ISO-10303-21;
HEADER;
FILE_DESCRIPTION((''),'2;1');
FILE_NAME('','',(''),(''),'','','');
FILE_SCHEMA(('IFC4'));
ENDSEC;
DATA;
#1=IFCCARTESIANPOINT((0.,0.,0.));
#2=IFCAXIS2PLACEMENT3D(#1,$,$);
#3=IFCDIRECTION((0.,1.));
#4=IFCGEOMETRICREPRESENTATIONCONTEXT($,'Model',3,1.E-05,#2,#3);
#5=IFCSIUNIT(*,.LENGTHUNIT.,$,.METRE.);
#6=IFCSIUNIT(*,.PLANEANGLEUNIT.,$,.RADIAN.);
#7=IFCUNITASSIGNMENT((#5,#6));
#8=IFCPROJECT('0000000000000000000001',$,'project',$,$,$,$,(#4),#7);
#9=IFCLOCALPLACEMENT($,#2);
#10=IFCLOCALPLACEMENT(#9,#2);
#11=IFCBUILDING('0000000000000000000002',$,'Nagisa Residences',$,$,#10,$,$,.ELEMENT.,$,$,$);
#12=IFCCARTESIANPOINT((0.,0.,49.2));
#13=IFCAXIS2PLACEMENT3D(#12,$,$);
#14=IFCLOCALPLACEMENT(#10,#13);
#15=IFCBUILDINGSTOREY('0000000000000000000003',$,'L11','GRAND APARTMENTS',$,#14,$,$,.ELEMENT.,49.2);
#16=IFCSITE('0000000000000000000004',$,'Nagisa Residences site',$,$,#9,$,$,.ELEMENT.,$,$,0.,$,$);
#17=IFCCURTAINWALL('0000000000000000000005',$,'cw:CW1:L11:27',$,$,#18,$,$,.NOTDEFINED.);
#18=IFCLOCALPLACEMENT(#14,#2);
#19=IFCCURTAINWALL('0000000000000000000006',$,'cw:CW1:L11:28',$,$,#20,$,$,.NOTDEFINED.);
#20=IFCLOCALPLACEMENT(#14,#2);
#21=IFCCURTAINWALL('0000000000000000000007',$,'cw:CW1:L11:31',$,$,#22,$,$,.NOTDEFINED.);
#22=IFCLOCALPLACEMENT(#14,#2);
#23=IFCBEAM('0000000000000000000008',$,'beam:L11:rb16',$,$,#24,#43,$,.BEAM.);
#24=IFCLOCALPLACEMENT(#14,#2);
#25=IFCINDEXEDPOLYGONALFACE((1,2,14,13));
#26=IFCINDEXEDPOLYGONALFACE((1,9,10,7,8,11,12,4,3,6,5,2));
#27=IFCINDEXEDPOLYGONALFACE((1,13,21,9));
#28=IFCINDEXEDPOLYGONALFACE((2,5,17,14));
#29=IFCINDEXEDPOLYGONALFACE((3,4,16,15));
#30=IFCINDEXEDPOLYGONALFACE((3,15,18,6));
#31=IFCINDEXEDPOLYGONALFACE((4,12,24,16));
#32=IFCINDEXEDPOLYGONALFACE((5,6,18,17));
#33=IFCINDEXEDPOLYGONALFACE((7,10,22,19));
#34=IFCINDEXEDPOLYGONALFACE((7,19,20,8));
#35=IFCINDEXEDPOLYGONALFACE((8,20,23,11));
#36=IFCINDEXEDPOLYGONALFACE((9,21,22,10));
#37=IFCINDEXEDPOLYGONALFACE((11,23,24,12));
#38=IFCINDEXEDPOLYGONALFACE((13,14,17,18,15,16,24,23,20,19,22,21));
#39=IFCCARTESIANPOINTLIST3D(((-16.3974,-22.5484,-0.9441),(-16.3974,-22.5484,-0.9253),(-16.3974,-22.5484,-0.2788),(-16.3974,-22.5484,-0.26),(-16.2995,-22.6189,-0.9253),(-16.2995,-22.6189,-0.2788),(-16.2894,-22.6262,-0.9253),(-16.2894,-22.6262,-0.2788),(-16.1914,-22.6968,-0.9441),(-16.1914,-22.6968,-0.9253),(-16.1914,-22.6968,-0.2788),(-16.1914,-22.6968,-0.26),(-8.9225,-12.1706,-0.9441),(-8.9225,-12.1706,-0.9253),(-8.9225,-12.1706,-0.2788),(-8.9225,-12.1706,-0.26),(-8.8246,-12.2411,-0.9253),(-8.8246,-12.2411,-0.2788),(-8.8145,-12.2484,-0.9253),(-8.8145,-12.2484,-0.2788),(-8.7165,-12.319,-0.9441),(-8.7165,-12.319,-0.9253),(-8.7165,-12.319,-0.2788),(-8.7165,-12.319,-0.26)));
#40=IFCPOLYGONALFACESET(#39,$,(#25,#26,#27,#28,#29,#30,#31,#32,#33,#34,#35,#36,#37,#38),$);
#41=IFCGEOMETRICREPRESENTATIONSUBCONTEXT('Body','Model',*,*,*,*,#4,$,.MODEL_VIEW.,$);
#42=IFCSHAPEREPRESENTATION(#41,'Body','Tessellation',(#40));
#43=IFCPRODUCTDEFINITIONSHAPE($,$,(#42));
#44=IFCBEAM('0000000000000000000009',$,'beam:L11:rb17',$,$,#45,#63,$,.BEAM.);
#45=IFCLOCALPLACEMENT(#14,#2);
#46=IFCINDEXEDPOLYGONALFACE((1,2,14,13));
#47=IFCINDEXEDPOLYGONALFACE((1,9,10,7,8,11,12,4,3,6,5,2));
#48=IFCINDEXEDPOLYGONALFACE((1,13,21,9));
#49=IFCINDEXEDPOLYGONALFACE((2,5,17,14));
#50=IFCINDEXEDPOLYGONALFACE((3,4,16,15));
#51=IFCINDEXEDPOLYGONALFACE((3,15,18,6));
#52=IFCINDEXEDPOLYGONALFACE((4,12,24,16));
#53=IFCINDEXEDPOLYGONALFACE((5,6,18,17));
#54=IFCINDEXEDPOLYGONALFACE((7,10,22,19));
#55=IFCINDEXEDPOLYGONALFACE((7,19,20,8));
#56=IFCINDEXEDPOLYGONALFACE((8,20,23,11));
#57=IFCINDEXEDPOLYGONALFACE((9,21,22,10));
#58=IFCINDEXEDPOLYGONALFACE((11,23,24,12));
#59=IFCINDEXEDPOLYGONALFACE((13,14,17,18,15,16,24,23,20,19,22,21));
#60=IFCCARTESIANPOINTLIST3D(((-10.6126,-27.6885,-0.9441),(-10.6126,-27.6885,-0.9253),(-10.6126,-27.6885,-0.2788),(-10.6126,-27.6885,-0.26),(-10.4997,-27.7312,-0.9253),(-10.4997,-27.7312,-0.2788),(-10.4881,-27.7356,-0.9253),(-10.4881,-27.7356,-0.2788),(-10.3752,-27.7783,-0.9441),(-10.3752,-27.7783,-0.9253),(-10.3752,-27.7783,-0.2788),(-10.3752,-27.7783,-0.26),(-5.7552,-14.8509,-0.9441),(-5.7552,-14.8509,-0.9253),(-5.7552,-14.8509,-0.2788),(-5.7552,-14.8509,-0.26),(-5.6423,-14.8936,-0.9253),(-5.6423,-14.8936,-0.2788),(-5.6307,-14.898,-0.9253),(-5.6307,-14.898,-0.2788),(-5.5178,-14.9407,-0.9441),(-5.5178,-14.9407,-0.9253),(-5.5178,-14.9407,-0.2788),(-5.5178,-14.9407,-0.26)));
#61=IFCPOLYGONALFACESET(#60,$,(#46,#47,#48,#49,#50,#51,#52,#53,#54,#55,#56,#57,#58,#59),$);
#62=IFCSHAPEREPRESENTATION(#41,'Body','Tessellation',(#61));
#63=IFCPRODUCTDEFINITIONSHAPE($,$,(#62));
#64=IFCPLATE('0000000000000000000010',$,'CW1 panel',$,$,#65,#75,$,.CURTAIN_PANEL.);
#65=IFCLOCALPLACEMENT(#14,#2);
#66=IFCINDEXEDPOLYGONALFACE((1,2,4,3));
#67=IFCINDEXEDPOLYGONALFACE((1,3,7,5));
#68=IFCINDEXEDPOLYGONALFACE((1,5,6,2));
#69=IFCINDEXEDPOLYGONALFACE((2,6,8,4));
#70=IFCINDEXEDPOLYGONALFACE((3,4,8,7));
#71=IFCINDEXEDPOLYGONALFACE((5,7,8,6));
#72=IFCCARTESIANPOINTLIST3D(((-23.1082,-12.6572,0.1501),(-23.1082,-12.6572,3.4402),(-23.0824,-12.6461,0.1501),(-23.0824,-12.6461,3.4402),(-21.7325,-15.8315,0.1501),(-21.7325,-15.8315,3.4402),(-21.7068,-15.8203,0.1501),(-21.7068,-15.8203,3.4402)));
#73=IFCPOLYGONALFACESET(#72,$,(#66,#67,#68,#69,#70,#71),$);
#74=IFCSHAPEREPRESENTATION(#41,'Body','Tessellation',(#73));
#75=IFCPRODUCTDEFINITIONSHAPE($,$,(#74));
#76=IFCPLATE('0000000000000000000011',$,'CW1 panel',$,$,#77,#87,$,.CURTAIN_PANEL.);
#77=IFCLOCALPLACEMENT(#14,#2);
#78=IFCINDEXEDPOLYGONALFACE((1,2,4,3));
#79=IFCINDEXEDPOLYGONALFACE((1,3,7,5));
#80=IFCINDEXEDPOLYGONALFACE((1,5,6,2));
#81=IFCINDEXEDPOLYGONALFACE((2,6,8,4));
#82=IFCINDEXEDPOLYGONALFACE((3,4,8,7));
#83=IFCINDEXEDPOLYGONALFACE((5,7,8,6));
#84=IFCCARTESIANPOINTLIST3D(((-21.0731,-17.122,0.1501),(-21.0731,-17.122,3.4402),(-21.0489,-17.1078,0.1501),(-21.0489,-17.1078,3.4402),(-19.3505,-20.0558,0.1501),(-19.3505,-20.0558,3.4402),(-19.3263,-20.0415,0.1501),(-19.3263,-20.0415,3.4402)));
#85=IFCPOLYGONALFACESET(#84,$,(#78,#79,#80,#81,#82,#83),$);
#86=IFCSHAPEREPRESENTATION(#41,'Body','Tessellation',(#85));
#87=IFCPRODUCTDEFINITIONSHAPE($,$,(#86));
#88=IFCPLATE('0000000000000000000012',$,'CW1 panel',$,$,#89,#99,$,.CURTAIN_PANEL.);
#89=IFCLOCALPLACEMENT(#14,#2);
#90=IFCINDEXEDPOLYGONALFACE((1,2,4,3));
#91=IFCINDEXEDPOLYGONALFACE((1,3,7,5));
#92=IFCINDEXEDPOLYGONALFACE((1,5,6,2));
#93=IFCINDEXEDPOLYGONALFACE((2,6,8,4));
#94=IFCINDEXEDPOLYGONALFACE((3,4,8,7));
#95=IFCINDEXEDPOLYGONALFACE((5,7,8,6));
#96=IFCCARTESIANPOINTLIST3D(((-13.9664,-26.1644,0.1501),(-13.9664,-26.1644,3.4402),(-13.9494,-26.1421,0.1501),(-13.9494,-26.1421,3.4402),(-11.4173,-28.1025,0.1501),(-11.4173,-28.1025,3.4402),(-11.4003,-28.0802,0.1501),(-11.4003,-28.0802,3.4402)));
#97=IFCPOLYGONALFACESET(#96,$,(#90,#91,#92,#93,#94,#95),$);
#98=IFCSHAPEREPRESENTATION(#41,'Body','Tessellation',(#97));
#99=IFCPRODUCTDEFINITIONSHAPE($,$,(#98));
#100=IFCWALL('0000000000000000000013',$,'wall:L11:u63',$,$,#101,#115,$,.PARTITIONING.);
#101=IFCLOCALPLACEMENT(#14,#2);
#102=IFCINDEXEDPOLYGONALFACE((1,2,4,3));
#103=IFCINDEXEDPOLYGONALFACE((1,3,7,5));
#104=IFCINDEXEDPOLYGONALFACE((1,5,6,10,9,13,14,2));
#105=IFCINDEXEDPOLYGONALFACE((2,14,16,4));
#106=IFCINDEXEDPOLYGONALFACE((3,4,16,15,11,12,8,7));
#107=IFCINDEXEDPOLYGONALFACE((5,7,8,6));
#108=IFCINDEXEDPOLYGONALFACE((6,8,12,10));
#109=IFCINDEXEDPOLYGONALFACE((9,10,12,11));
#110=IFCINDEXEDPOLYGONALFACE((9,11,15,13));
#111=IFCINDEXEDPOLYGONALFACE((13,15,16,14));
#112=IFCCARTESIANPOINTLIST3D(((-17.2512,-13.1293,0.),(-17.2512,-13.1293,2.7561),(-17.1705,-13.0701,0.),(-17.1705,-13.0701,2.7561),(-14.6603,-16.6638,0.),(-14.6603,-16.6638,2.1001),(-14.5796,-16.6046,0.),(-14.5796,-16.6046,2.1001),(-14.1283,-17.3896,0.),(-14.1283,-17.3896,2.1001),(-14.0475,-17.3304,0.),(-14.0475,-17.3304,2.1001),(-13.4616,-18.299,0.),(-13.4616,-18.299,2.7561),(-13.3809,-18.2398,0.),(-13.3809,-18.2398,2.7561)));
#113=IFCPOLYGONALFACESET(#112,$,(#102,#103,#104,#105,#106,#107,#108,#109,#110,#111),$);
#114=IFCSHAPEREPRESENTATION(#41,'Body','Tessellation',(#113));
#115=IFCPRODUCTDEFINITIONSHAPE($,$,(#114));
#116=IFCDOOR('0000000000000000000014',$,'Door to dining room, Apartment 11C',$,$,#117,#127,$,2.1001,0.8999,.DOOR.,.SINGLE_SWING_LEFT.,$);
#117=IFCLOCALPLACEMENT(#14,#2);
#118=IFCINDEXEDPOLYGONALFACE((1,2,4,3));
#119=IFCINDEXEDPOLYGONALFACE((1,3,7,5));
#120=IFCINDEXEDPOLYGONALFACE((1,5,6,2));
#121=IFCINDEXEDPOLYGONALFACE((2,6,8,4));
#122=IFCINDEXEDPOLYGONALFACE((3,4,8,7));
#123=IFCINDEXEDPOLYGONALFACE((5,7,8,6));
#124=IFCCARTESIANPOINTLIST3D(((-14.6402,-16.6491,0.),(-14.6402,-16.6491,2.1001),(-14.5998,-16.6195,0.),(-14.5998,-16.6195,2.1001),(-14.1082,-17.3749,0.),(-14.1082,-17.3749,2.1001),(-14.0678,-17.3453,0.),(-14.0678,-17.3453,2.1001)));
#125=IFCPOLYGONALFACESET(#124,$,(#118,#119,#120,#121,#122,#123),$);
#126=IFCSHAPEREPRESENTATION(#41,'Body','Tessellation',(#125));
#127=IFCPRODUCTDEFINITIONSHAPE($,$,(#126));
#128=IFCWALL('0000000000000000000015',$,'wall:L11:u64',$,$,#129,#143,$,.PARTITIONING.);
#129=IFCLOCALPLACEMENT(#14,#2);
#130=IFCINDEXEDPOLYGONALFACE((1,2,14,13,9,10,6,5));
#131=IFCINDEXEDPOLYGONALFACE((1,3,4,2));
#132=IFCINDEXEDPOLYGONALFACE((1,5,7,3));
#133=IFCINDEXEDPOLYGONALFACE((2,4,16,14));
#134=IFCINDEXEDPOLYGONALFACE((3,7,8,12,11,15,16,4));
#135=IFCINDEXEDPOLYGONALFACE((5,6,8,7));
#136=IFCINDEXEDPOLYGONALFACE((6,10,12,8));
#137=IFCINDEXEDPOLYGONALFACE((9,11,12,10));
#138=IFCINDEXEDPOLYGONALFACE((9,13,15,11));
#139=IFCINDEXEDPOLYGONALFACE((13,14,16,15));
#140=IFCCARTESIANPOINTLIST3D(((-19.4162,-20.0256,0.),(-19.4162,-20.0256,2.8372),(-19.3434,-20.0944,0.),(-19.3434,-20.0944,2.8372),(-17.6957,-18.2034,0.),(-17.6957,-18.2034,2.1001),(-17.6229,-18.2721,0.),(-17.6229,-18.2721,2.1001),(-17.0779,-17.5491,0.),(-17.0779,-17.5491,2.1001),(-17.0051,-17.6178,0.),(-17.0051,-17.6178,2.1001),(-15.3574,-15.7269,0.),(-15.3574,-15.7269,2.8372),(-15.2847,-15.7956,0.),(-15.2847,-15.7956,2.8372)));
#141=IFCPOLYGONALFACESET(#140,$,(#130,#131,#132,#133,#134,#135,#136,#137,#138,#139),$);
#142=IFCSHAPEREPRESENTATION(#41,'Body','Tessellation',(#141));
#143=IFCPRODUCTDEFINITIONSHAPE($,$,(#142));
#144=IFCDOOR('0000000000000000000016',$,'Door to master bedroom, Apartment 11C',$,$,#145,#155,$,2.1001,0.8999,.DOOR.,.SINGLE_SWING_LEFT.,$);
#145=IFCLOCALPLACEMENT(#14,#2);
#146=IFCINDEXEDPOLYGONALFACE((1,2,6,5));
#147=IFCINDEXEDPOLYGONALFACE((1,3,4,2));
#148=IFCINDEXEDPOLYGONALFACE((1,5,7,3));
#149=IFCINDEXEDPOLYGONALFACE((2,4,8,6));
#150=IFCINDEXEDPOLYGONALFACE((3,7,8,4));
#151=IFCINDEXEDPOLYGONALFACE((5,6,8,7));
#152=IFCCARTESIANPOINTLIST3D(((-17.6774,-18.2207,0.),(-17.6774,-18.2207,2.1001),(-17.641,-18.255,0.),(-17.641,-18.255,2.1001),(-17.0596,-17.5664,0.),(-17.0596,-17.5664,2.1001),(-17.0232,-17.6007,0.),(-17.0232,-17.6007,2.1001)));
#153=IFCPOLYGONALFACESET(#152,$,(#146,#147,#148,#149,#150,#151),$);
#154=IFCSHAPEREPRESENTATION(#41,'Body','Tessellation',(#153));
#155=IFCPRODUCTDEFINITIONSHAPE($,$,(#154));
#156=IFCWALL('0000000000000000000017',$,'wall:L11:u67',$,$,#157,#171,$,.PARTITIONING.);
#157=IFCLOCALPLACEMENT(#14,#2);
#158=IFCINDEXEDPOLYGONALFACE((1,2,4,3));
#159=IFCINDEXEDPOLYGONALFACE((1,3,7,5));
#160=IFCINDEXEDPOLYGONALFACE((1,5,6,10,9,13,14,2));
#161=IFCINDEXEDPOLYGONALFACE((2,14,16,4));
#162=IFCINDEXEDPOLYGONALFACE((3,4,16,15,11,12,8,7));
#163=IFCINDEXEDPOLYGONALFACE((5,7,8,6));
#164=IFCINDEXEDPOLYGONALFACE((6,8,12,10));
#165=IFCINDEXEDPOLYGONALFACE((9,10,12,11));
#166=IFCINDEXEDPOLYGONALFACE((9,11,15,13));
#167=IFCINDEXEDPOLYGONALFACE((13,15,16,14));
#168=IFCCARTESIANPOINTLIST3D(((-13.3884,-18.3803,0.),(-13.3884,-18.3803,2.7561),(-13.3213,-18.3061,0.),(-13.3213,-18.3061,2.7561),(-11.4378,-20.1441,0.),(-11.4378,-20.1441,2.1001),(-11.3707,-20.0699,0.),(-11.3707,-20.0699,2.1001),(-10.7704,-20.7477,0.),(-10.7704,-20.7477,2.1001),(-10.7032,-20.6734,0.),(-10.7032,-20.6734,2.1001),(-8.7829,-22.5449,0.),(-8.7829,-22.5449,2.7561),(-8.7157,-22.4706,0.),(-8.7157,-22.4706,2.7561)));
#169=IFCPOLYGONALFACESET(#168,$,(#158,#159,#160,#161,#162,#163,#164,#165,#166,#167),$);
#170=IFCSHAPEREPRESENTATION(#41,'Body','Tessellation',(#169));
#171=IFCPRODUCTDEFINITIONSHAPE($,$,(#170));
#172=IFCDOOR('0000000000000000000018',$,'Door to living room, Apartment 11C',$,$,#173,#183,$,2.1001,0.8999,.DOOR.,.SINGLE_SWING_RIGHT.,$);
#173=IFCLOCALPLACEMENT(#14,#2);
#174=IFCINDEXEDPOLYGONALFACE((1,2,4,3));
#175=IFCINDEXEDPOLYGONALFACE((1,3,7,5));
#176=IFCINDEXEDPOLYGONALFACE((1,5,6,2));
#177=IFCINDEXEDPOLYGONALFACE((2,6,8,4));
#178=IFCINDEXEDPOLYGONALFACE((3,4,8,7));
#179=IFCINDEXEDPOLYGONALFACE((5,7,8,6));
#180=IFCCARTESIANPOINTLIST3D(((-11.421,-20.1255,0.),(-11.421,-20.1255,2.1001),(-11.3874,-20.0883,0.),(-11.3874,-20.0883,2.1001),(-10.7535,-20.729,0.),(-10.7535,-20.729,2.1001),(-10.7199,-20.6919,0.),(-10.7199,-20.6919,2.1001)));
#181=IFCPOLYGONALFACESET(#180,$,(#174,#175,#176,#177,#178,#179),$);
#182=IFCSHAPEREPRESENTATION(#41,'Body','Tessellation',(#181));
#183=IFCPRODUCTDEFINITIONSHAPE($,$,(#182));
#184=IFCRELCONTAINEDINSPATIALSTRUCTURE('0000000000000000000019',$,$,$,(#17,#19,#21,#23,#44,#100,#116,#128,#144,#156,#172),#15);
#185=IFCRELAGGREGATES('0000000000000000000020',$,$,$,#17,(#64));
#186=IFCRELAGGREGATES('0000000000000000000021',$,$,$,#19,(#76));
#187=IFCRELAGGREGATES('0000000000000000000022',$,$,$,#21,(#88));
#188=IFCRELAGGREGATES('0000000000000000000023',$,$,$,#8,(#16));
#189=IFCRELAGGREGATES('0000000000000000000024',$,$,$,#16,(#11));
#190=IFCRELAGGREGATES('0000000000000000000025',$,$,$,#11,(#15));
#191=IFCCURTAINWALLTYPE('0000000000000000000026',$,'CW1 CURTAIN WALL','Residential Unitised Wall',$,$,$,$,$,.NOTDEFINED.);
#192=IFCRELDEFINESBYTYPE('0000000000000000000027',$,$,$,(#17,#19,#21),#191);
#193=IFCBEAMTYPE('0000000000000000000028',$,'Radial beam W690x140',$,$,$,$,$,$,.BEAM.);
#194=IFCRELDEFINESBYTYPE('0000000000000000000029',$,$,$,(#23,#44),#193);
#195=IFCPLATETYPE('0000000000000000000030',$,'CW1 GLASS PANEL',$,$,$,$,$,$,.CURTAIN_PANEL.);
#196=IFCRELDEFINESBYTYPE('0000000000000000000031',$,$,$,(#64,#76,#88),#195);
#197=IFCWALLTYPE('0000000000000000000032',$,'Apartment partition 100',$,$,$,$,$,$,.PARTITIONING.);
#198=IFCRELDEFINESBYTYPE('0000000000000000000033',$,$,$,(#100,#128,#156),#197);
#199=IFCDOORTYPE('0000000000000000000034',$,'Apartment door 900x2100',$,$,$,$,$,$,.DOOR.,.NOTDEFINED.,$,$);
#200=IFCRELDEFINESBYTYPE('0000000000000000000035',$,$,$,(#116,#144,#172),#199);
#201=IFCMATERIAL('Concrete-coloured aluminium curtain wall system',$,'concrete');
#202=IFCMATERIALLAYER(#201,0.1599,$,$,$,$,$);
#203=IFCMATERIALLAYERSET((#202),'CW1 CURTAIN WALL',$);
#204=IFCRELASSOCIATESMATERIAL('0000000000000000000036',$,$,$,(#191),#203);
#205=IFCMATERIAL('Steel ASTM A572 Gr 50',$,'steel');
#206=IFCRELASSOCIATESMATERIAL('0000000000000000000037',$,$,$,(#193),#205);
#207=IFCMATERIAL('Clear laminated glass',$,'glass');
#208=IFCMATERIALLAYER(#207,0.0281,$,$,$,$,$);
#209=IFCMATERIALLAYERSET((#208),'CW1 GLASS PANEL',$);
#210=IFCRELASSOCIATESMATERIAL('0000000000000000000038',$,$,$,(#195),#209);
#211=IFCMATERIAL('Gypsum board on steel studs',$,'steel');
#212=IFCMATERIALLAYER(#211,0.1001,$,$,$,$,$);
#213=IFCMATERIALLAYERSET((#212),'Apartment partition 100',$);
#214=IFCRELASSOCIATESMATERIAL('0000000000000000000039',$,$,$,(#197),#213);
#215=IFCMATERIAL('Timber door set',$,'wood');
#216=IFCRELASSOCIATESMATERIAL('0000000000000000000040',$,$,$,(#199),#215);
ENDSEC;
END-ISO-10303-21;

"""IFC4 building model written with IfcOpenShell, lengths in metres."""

from ifc_helpers import new_model, si_unit, direction, frame, frame_2d, origin, origin_2d, place, context, subcontext, project, spatial, rectangle, i_section, extrude, material, layer, layer_set, material_profile, profile_set, type_object, element, fill, aggregate, save


model = new_model("IFC4")

# Units and contexts
model_context = context("Model", 3, precision=1e-05, world=origin(), true_north=direction((0.0, 1.0)))
body_context = subcontext(model_context, "Body", "Model", "MODEL_VIEW")
ifc_project = project(units=[si_unit("LENGTHUNIT", "METRE"), si_unit("PLANEANGLEUNIT", "RADIAN")], contexts=[model_context])

# Site, building, storey
site_placement = place(None, origin())
site = spatial("IfcSite", under=ifc_project, at=site_placement, Name="Nagisa Residences site", CompositionType="ELEMENT", RefElevation=0.0)
building_placement = place(site_placement, origin())
building = spatial("IfcBuilding", under=site, at=building_placement, Name="Nagisa Residences", CompositionType="ELEMENT")
storey_placement = place(building_placement, frame((0.0, 0.0, 49.2)))
storey = spatial("IfcBuildingStorey", under=building, at=storey_placement, Name="L11", Description="GRAND APARTMENTS", CompositionType="ELEMENT", Elevation=49.2)

# Curtain walls
ifc_material_1 = material(Name="Concrete-coloured aluminium curtain wall system", Category="concrete")
ifc_layer_1 = layer(ifc_material_1, 0.1599)
ifc_layer_set_1 = layer_set([ifc_layer_1], Name="CW1 CURTAIN WALL")
curtain_wall_type = type_object("IfcCurtainWallType", Name="CW1 CURTAIN WALL", Description="Residential Unitised Wall", PredefinedType="NOTDEFINED", material=ifc_layer_set_1)
curtain_wall_1_placement = place(storey_placement, origin())
curtain_wall_1 = element("IfcCurtainWall", 1, at=curtain_wall_1_placement, inside=storey, type_object=curtain_wall_type, Name="cw:CW1:L11:27", PredefinedType="NOTDEFINED")
curtain_wall_2_placement = place(storey_placement, origin())
curtain_wall_2 = element("IfcCurtainWall", 2, at=curtain_wall_2_placement, inside=storey, type_object=curtain_wall_type, Name="cw:CW1:L11:28", PredefinedType="NOTDEFINED")
curtain_wall_3_placement = place(storey_placement, origin())
curtain_wall_3 = element("IfcCurtainWall", 3, at=curtain_wall_3_placement, inside=storey, type_object=curtain_wall_type, Name="cw:CW1:L11:31", PredefinedType="NOTDEFINED")

# Beams
ifc_material_2 = material(Name="Steel ASTM A572 Gr 50", Category="steel")
ifc_material_profile_1 = material_profile(ifc_material_2, i_section(OverallWidth=0.2539, OverallDepth=0.6841, WebThickness=0.0125, FlangeThickness=0.0188, at=origin_2d()), Name="W690x140")
ifc_profile_set_1 = profile_set([ifc_material_profile_1], Name="Steel ASTM A572 Gr 50")
beam_type_1 = type_object("IfcBeamType", Name="Radial beam W690x140", PredefinedType="BEAM", material=ifc_profile_set_1)
beam_1_placement = place(storey_placement, frame((-16.2944, -22.6226, -0.6021), z_axis=(0.584455, 0.811426, 0.0), x_axis=(-0.811426, 0.584455, 0.0)))
element("IfcBeam", 4, at=beam_1_placement, inside=storey, type_object=beam_type_1, Name="beam:L11:rb16", PredefinedType="BEAM", context=body_context, shape_type="SweptSolid", body=[
    extrude(i_section(OverallWidth=0.2539, OverallDepth=0.6841, WebThickness=0.0125, FlangeThickness=0.0188, at=origin_2d()), origin(), (0.0, 0.0, 1.0), 12.7896),
])
beam_2_placement = place(storey_placement, frame((-10.4939, -27.7334, -0.6021), z_axis=(0.353888, 0.935288, 0.0), x_axis=(-0.935288, 0.353888, 0.0)))
element("IfcBeam", 5, at=beam_2_placement, inside=storey, type_object=beam_type_1, Name="beam:L11:rb17", PredefinedType="BEAM", context=body_context, shape_type="SweptSolid", body=[
    extrude(i_section(OverallWidth=0.2539, OverallDepth=0.6841, WebThickness=0.0125, FlangeThickness=0.0188, at=origin_2d()), origin(), (0.0, 0.0, 1.0), 13.7258),
])

# Plates
ifc_material_3 = material(Name="Clear laminated glass", Category="glass")
ifc_layer_2 = layer(ifc_material_3, 0.0281)
ifc_layer_set_2 = layer_set([ifc_layer_2], Name="CW1 GLASS PANEL")
plate_type = type_object("IfcPlateType", Name="CW1 GLASS PANEL", PredefinedType="CURTAIN_PANEL", material=ifc_layer_set_2)
plate_1_placement = place(storey_placement, frame((-22.4075, -14.2388, 0.1501), z_axis=(0.0, 0.0, 1.0), x_axis=(0.397636, -0.917543, 0.0)))
plate_1 = element("IfcPlate", 6, at=plate_1_placement, type_object=plate_type, Name="CW1 panel", PredefinedType="CURTAIN_PANEL", context=body_context, shape_type="SweptSolid", body=[
    extrude(rectangle(XDim=3.4595, YDim=0.0281, at=origin_2d()), origin(), (0.0, 0.0, 1.0), 3.29),
])
aggregate(curtain_wall_1, [plate_1])
plate_2_placement = place(storey_placement, frame((-20.1997, -18.5818, 0.1501), z_axis=(0.0, 0.0, 1.0), x_axis=(0.506349, -0.862329, 0.0)))
plate_2 = element("IfcPlate", 7, at=plate_2_placement, type_object=plate_type, Name="CW1 panel", PredefinedType="CURTAIN_PANEL", context=body_context, shape_type="SweptSolid", body=[
    extrude(rectangle(XDim=3.4021, YDim=0.0281, at=origin_2d()), origin(), (0.0, 0.0, 1.0), 3.29),
])
aggregate(curtain_wall_2, [plate_2])
plate_3_placement = place(storey_placement, frame((-12.6833, -27.1223, 0.1501), z_axis=(0.0, 0.0, 1.0), x_axis=(0.796031, -0.605255, 0.0)))
plate_3 = element("IfcPlate", 8, at=plate_3_placement, type_object=plate_type, Name="CW1 panel", PredefinedType="CURTAIN_PANEL", context=body_context, shape_type="SweptSolid", body=[
    extrude(rectangle(XDim=3.2021, YDim=0.0281, at=origin_2d()), origin(), (0.0, 0.0, 1.0), 3.29),
])
aggregate(curtain_wall_3, [plate_3])

# Walls, openings, doors
ifc_material_4 = material(Name="Gypsum board on steel studs", Category="steel")
ifc_layer_3 = layer(ifc_material_4, 0.1001)
ifc_layer_set_3 = layer_set([ifc_layer_3], Name="Apartment partition 100")
wall_type_1 = type_object("IfcWallType", Name="Apartment partition 100", PredefinedType="PARTITIONING", material=ifc_layer_set_3)
wall_1_placement = place(storey_placement, frame((-17.2109, -13.0996, 0.0), z_axis=(0.0, 0.0, 1.0), x_axis=(0.591207, -0.80652, 0.0)))
wall_1 = element("IfcWall", 9, at=wall_1_placement, inside=storey, type_object=wall_type_1, Name="wall:L11:u63", PredefinedType="PARTITIONING", context=body_context, shape_type="SweptSolid", body=[
    extrude(rectangle(XDim=6.4099, YDim=0.1001, at=frame_2d((3.2051, 0.0))), origin(), (0.0, 0.0, 1.0), 2.7561),
])
opening_1_placement = place(wall_1_placement, frame((4.3826, 0.0, 0.0)))
opening_1 = element("IfcOpeningElement", 10, at=opening_1_placement, cuts=wall_1, PredefinedType="OPENING", context=body_context, shape_type="SweptSolid", body=[
    extrude(rectangle(XDim=0.8999, YDim=2.1001, at=frame_2d((0.45, 1.05))), frame((0.0, 0.0601, 0.0), z_axis=(0.0, -1.0, 0.0), x_axis=(1.0, 0.0, 0.0)), (0.0, 0.0, 1.0), 0.1201),
])
ifc_material_5 = material(Name="Timber door set", Category="wood")
door_type_1 = type_object("IfcDoorType", Name="Apartment door 900x2100", OperationType="NOTDEFINED", PredefinedType="DOOR", material=ifc_material_5)
door_1_placement = place(opening_1_placement, origin())
door_1 = element("IfcDoor", 11, at=door_1_placement, inside=storey, type_object=door_type_1, Name="Door to dining room, Apartment 11C", OperationType="SINGLE_SWING_LEFT", OverallHeight=2.1001, OverallWidth=0.8999, PredefinedType="DOOR", context=body_context, shape_type="SweptSolid", body=[
    extrude(rectangle(XDim=0.8999, YDim=2.1001, at=frame_2d((0.45, 1.05))), frame((0.0, 0.0249, 0.0), z_axis=(0.0, -1.0, 0.0), x_axis=(1.0, 0.0, 0.0)), (0.0, 0.0, 1.0), 0.05),
])
fill(opening_1, door_1)
wall_2_placement = place(storey_placement, frame((-15.321, -15.7612, 0.0), z_axis=(0.0, 0.0, 1.0), x_axis=(-0.686519, -0.727112, 0.0)))
wall_2 = element("IfcWall", 12, at=wall_2_placement, inside=storey, type_object=wall_type_1, Name="wall:L11:u64", PredefinedType="PARTITIONING", context=body_context, shape_type="SweptSolid", body=[
    extrude(rectangle(XDim=5.9121, YDim=0.1001, at=frame_2d((2.9561, 0.0))), origin(), (0.0, 0.0, 1.0), 2.8372),
])
opening_2_placement = place(wall_2_placement, frame((2.5061, 0.0, 0.0)))
opening_2 = element("IfcOpeningElement", 13, at=opening_2_placement, cuts=wall_2, PredefinedType="OPENING", context=body_context, shape_type="SweptSolid", body=[
    extrude(rectangle(XDim=0.8999, YDim=2.1001, at=frame_2d((0.45, 1.05))), frame((0.0, 0.0601, 0.0), z_axis=(0.0, -1.0, 0.0), x_axis=(1.0, 0.0, 0.0)), (0.0, 0.0, 1.0), 0.1201),
])
door_2_placement = place(opening_2_placement, frame((0.8999, 0.0, 0.0), x_axis=(-1.0, 0.0, 0.0)))
door_2 = element("IfcDoor", 14, at=door_2_placement, inside=storey, type_object=door_type_1, Name="Door to master bedroom, Apartment 11C", OperationType="SINGLE_SWING_LEFT", OverallHeight=2.1001, OverallWidth=0.8999, PredefinedType="DOOR", context=body_context, shape_type="SweptSolid", body=[
    extrude(rectangle(XDim=0.8999, YDim=2.1001, at=frame_2d((0.45, 1.05))), frame((0.0, 0.0249, 0.0), z_axis=(0.0, -1.0, 0.0), x_axis=(1.0, 0.0, 0.0)), (0.0, 0.0, 1.0), 0.05),
])
fill(opening_2, door_2)
wall_3_placement = place(storey_placement, frame((-13.3547, -18.3433, 0.0), z_axis=(0.0, 0.0, 1.0), x_axis=(0.74172, -0.670709, 0.0)))
wall_3 = element("IfcWall", 15, at=wall_3_placement, inside=storey, type_object=wall_type_1, Name="wall:L11:u67", PredefinedType="PARTITIONING", context=body_context, shape_type="SweptSolid", body=[
    extrude(rectangle(XDim=6.2092, YDim=0.1001, at=frame_2d((3.1045, 0.0))), origin(), (0.0, 0.0, 1.0), 2.7561),
])
opening_3_placement = place(wall_3_placement, frame((2.6296, 0.0, 0.0)))
opening_3 = element("IfcOpeningElement", 16, at=opening_3_placement, cuts=wall_3, PredefinedType="OPENING", context=body_context, shape_type="SweptSolid", body=[
    extrude(rectangle(XDim=0.8999, YDim=2.1001, at=frame_2d((0.45, 1.05))), frame((0.0, 0.0601, 0.0), z_axis=(0.0, -1.0, 0.0), x_axis=(1.0, 0.0, 0.0)), (0.0, 0.0, 1.0), 0.1201),
])
door_3_placement = place(opening_3_placement, frame((0.8999, 0.0, 0.0), x_axis=(-1.0, 0.0, 0.0)))
door_3 = element("IfcDoor", 17, at=door_3_placement, inside=storey, type_object=door_type_1, Name="Door to living room, Apartment 11C", OperationType="SINGLE_SWING_RIGHT", OverallHeight=2.1001, OverallWidth=0.8999, PredefinedType="DOOR", context=body_context, shape_type="SweptSolid", body=[
    extrude(rectangle(XDim=0.8999, YDim=2.1001, at=frame_2d((0.45, 1.05))), frame((0.0, 0.0249, 0.0), z_axis=(0.0, -1.0, 0.0), x_axis=(1.0, 0.0, 0.0)), (0.0, 0.0, 1.0), 0.05),
])
fill(opening_3, door_3)

save(model, "model.ifc")
